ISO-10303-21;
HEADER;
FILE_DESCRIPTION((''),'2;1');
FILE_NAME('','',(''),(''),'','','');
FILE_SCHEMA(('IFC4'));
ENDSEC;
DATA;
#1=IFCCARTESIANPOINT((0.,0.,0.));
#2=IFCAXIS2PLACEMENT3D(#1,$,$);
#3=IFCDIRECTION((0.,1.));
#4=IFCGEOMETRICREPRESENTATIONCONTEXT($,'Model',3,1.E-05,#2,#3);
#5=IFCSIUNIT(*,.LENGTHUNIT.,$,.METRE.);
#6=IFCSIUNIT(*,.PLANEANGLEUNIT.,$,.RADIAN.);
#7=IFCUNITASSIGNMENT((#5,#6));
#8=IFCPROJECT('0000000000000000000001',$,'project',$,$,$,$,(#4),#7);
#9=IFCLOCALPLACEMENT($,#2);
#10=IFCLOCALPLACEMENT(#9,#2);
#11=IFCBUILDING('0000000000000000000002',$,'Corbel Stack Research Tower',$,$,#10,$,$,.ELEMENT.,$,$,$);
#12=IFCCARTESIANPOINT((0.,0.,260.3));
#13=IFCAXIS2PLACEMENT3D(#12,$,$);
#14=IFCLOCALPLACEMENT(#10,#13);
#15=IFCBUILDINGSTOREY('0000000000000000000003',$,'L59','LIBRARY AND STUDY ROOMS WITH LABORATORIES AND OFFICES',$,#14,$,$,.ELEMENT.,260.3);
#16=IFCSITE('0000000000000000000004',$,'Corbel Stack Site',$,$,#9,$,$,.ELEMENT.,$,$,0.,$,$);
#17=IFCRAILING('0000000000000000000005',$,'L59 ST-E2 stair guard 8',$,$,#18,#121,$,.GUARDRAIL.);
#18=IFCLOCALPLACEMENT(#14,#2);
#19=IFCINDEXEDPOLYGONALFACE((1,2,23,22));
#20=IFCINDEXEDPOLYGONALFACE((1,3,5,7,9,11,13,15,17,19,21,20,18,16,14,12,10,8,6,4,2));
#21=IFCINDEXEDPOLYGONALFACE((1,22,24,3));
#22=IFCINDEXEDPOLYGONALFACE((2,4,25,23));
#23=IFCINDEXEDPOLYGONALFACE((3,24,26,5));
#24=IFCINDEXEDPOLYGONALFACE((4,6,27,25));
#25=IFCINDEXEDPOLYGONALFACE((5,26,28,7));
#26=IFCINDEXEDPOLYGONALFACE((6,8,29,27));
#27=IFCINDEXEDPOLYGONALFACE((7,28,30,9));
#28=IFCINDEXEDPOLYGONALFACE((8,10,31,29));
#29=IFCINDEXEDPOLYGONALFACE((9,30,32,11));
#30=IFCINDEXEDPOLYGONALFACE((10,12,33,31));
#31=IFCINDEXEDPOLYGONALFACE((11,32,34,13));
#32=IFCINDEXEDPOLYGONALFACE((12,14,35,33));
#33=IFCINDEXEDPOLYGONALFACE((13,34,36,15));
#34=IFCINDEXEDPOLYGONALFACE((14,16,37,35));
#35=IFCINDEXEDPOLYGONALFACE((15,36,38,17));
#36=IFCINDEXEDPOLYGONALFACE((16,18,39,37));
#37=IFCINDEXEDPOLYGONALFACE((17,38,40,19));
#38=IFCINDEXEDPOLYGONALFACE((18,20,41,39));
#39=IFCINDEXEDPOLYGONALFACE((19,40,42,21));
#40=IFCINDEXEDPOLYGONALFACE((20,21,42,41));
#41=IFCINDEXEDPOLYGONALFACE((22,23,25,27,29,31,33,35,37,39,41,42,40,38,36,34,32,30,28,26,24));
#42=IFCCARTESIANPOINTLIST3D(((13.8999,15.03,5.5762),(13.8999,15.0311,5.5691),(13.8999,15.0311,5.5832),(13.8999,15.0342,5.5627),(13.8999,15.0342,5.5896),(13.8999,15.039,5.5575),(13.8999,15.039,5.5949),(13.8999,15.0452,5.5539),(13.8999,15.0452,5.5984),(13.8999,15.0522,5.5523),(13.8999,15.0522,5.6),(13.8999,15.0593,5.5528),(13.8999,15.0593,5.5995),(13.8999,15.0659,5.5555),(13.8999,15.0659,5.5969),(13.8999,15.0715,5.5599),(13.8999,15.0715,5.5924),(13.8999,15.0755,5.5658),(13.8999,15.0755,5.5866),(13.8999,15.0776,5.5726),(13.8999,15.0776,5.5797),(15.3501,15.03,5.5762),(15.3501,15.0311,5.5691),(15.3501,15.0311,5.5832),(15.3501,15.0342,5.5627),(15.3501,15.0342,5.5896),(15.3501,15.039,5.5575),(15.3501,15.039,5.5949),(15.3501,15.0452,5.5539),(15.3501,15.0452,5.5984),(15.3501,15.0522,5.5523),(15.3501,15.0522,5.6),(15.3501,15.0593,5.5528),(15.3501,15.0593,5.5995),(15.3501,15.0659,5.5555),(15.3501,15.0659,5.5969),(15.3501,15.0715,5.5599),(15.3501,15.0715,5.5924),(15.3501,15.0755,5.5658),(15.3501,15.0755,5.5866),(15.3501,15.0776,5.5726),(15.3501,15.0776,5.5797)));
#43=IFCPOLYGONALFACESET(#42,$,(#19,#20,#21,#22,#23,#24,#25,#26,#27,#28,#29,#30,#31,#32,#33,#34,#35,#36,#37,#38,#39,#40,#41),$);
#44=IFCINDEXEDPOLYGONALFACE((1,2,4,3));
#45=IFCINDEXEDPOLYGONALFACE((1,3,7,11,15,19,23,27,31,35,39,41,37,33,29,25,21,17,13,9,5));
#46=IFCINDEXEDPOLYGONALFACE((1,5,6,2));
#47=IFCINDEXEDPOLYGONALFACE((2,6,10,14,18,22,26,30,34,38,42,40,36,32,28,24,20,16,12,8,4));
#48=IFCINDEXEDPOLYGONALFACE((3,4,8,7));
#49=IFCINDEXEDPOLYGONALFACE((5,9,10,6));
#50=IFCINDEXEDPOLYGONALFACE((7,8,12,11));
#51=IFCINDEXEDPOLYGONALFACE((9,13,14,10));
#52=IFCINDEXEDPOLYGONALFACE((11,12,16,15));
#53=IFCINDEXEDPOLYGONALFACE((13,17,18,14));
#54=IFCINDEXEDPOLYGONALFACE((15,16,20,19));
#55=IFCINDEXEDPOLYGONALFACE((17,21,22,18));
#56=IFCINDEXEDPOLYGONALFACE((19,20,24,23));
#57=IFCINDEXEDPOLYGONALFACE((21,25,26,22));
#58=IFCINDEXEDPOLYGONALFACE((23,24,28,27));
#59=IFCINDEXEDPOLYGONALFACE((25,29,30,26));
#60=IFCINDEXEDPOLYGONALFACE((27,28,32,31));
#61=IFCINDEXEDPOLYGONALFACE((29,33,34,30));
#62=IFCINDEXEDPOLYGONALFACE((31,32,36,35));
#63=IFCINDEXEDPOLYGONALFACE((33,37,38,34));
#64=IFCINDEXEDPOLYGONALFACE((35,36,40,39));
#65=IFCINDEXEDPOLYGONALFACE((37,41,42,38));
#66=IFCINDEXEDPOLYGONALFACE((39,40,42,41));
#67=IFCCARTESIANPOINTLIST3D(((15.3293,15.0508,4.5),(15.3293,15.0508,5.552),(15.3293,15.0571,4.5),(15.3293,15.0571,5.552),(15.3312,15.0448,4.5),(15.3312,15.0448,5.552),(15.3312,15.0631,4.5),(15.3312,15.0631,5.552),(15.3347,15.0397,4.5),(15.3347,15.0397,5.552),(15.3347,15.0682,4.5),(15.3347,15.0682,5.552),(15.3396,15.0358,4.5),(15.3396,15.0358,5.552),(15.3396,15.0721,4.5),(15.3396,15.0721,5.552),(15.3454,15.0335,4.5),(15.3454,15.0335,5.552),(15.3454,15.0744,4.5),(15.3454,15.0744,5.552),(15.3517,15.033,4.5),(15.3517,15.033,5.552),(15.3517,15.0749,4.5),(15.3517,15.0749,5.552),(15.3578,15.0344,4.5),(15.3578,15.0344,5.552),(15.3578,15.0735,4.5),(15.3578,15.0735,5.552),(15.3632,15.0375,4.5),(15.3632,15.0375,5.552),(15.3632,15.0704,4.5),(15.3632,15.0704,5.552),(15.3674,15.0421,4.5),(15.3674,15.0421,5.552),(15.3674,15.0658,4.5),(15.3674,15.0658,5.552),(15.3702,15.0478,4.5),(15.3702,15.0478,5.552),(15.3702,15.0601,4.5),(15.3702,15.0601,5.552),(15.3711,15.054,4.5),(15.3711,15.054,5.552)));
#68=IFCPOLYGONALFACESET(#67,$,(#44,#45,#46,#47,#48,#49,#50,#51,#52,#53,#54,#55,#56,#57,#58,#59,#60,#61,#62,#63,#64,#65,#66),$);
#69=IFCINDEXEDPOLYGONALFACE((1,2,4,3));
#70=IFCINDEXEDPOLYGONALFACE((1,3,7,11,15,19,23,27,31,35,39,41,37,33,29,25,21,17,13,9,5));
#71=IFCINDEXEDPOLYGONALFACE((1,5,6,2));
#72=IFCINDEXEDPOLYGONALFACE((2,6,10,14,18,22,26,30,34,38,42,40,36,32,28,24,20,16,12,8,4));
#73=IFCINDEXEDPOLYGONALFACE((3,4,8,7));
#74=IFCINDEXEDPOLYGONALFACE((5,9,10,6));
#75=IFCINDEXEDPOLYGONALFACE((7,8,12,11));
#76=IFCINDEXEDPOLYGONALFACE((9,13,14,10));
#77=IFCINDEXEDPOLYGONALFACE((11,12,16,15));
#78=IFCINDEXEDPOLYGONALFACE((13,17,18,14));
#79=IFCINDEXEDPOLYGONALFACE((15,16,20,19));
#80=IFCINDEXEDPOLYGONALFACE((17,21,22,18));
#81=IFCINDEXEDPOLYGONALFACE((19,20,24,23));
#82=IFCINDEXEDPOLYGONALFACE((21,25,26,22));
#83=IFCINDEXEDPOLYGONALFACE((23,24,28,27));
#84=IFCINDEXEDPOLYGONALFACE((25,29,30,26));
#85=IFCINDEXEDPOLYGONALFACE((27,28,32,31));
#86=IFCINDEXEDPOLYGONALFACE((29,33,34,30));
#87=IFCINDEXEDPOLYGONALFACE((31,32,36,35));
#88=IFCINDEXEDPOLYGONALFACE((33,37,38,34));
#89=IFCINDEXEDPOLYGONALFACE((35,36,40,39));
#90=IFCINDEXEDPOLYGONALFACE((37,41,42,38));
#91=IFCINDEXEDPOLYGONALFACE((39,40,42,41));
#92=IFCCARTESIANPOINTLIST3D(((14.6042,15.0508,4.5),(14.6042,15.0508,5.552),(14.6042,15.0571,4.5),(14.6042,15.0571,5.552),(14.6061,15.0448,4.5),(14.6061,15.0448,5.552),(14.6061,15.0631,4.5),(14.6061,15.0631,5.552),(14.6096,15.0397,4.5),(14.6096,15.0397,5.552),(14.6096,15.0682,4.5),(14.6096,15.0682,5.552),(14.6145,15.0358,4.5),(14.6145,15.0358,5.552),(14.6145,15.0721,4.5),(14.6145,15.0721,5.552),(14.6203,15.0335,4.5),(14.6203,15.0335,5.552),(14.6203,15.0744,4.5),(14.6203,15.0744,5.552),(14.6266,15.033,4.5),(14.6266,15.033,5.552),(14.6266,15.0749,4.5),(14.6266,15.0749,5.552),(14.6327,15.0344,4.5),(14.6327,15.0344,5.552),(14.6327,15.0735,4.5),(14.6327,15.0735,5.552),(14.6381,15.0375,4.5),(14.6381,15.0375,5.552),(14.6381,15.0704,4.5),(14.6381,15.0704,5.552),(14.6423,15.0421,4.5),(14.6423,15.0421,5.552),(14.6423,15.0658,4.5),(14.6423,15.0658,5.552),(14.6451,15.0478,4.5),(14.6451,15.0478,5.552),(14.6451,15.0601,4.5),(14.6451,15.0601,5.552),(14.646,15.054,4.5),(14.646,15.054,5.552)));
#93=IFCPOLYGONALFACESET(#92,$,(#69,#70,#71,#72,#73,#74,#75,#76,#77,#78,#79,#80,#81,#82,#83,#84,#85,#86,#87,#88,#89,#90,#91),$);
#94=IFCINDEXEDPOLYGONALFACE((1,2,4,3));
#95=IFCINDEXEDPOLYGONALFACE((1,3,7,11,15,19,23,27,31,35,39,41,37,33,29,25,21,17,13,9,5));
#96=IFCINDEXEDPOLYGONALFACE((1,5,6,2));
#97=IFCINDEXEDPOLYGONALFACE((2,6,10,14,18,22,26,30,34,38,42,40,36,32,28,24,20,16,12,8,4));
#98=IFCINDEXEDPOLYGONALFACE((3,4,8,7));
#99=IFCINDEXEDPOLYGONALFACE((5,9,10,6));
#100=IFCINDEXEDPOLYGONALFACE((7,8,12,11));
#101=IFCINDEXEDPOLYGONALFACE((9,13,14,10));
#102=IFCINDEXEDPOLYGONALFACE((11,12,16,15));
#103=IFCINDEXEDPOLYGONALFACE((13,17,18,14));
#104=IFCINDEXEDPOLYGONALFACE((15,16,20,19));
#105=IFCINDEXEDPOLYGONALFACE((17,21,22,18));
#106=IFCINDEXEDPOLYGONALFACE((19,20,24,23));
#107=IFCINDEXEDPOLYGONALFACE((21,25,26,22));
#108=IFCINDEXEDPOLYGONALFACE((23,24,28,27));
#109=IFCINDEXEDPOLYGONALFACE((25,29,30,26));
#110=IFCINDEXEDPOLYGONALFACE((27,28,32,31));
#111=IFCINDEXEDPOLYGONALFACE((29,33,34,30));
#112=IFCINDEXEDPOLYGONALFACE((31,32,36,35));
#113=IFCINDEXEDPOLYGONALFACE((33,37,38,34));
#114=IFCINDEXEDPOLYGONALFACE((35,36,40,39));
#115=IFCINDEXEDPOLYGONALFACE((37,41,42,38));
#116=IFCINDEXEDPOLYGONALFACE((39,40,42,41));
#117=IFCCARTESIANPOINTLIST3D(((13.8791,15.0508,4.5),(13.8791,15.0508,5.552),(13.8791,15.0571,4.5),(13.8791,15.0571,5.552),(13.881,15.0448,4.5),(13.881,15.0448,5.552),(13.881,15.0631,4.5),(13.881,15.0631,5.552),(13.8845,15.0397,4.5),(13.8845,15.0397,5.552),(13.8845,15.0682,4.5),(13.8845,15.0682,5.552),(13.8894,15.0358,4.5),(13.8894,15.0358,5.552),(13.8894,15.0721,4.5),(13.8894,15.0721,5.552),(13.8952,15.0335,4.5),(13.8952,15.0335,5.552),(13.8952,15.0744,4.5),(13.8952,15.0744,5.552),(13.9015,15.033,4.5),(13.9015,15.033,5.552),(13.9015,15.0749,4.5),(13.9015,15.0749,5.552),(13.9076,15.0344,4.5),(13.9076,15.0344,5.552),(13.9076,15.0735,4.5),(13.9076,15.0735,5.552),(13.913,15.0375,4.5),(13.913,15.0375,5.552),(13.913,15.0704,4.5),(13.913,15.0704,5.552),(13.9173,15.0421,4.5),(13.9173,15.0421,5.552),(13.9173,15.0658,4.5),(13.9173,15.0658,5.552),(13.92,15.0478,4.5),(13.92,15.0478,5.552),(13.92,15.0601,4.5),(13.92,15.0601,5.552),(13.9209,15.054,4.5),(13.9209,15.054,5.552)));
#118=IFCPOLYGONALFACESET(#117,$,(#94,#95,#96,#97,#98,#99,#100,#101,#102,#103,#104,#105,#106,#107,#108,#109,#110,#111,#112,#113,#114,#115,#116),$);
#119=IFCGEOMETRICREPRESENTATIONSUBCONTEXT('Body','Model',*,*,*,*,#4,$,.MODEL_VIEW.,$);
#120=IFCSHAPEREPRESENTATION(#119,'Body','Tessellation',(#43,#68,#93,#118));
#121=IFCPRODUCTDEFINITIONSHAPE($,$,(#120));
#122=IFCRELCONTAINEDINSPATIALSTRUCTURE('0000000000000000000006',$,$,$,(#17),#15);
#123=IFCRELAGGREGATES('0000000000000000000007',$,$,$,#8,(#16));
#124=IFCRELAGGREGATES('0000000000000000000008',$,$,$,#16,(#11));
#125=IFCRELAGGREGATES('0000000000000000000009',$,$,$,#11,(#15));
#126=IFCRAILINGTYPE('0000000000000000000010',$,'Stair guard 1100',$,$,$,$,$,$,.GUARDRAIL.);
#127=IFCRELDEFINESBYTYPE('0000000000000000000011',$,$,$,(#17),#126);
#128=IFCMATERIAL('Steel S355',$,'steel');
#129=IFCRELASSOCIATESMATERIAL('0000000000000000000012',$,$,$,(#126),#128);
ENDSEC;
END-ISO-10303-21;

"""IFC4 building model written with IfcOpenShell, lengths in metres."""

from ifc_helpers import new_model, si_unit, direction, frame, origin, origin_2d, place, context, subcontext, project, spatial, circle, extrude, material, type_object, element, save


model = new_model("IFC4")

# Units and contexts
model_context = context("Model", 3, precision=1e-05, world=origin(), true_north=direction((0.0, 1.0)))
body_context = subcontext(model_context, "Body", "Model", "MODEL_VIEW")
ifc_project = project(units=[si_unit("LENGTHUNIT", "METRE"), si_unit("PLANEANGLEUNIT", "RADIAN")], contexts=[model_context])

# Site, building, storey
site_placement = place(None, origin())
site = spatial("IfcSite", under=ifc_project, at=site_placement, Name="Corbel Stack Site", CompositionType="ELEMENT", RefElevation=0.0)
building_placement = place(site_placement, origin())
building = spatial("IfcBuilding", under=site, at=building_placement, Name="Corbel Stack Research Tower", CompositionType="ELEMENT")
storey_placement = place(building_placement, frame((0.0, 0.0, 260.3)))
storey = spatial("IfcBuildingStorey", under=building, at=storey_placement, Name="L59", Description="LIBRARY AND STUDY ROOMS WITH LABORATORIES AND OFFICES", CompositionType="ELEMENT", Elevation=260.3)

# Railing
ifc_material_1 = material(Name="Steel S355", Category="steel")
railing_type_1 = type_object("IfcRailingType", Name="Stair guard 1100", PredefinedType="GUARDRAIL", material=ifc_material_1)
railing_1_placement = place(storey_placement, frame((15.3501, 15.054, 4.5)))
element("IfcRailing", 1, at=railing_1_placement, inside=storey, type_object=railing_type_1, Name="L59 ST-E2 stair guard 8", PredefinedType="GUARDRAIL", context=body_context, shape_type="SweptSolid", body=[
    extrude(circle(Radius=0.0239, at=origin_2d()), frame((0.0, 0.0, 1.0762), z_axis=(-1.0, 0.0, 0.0), x_axis=(0.0, -1.0, 0.0)), (0.0, 0.0, 1.0), 1.4502),
    extrude(circle(Radius=0.021, at=origin_2d()), origin(), (0.0, 0.0, 1.0), 1.052),
    extrude(circle(Radius=0.021, at=origin_2d()), frame((-0.7251, 0.0, 0.0)), (0.0, 0.0, 1.0), 1.052),
    extrude(circle(Radius=0.021, at=origin_2d()), frame((-1.4502, 0.0, 0.0)), (0.0, 0.0, 1.0), 1.052),
])

save(model, "model.ifc")
